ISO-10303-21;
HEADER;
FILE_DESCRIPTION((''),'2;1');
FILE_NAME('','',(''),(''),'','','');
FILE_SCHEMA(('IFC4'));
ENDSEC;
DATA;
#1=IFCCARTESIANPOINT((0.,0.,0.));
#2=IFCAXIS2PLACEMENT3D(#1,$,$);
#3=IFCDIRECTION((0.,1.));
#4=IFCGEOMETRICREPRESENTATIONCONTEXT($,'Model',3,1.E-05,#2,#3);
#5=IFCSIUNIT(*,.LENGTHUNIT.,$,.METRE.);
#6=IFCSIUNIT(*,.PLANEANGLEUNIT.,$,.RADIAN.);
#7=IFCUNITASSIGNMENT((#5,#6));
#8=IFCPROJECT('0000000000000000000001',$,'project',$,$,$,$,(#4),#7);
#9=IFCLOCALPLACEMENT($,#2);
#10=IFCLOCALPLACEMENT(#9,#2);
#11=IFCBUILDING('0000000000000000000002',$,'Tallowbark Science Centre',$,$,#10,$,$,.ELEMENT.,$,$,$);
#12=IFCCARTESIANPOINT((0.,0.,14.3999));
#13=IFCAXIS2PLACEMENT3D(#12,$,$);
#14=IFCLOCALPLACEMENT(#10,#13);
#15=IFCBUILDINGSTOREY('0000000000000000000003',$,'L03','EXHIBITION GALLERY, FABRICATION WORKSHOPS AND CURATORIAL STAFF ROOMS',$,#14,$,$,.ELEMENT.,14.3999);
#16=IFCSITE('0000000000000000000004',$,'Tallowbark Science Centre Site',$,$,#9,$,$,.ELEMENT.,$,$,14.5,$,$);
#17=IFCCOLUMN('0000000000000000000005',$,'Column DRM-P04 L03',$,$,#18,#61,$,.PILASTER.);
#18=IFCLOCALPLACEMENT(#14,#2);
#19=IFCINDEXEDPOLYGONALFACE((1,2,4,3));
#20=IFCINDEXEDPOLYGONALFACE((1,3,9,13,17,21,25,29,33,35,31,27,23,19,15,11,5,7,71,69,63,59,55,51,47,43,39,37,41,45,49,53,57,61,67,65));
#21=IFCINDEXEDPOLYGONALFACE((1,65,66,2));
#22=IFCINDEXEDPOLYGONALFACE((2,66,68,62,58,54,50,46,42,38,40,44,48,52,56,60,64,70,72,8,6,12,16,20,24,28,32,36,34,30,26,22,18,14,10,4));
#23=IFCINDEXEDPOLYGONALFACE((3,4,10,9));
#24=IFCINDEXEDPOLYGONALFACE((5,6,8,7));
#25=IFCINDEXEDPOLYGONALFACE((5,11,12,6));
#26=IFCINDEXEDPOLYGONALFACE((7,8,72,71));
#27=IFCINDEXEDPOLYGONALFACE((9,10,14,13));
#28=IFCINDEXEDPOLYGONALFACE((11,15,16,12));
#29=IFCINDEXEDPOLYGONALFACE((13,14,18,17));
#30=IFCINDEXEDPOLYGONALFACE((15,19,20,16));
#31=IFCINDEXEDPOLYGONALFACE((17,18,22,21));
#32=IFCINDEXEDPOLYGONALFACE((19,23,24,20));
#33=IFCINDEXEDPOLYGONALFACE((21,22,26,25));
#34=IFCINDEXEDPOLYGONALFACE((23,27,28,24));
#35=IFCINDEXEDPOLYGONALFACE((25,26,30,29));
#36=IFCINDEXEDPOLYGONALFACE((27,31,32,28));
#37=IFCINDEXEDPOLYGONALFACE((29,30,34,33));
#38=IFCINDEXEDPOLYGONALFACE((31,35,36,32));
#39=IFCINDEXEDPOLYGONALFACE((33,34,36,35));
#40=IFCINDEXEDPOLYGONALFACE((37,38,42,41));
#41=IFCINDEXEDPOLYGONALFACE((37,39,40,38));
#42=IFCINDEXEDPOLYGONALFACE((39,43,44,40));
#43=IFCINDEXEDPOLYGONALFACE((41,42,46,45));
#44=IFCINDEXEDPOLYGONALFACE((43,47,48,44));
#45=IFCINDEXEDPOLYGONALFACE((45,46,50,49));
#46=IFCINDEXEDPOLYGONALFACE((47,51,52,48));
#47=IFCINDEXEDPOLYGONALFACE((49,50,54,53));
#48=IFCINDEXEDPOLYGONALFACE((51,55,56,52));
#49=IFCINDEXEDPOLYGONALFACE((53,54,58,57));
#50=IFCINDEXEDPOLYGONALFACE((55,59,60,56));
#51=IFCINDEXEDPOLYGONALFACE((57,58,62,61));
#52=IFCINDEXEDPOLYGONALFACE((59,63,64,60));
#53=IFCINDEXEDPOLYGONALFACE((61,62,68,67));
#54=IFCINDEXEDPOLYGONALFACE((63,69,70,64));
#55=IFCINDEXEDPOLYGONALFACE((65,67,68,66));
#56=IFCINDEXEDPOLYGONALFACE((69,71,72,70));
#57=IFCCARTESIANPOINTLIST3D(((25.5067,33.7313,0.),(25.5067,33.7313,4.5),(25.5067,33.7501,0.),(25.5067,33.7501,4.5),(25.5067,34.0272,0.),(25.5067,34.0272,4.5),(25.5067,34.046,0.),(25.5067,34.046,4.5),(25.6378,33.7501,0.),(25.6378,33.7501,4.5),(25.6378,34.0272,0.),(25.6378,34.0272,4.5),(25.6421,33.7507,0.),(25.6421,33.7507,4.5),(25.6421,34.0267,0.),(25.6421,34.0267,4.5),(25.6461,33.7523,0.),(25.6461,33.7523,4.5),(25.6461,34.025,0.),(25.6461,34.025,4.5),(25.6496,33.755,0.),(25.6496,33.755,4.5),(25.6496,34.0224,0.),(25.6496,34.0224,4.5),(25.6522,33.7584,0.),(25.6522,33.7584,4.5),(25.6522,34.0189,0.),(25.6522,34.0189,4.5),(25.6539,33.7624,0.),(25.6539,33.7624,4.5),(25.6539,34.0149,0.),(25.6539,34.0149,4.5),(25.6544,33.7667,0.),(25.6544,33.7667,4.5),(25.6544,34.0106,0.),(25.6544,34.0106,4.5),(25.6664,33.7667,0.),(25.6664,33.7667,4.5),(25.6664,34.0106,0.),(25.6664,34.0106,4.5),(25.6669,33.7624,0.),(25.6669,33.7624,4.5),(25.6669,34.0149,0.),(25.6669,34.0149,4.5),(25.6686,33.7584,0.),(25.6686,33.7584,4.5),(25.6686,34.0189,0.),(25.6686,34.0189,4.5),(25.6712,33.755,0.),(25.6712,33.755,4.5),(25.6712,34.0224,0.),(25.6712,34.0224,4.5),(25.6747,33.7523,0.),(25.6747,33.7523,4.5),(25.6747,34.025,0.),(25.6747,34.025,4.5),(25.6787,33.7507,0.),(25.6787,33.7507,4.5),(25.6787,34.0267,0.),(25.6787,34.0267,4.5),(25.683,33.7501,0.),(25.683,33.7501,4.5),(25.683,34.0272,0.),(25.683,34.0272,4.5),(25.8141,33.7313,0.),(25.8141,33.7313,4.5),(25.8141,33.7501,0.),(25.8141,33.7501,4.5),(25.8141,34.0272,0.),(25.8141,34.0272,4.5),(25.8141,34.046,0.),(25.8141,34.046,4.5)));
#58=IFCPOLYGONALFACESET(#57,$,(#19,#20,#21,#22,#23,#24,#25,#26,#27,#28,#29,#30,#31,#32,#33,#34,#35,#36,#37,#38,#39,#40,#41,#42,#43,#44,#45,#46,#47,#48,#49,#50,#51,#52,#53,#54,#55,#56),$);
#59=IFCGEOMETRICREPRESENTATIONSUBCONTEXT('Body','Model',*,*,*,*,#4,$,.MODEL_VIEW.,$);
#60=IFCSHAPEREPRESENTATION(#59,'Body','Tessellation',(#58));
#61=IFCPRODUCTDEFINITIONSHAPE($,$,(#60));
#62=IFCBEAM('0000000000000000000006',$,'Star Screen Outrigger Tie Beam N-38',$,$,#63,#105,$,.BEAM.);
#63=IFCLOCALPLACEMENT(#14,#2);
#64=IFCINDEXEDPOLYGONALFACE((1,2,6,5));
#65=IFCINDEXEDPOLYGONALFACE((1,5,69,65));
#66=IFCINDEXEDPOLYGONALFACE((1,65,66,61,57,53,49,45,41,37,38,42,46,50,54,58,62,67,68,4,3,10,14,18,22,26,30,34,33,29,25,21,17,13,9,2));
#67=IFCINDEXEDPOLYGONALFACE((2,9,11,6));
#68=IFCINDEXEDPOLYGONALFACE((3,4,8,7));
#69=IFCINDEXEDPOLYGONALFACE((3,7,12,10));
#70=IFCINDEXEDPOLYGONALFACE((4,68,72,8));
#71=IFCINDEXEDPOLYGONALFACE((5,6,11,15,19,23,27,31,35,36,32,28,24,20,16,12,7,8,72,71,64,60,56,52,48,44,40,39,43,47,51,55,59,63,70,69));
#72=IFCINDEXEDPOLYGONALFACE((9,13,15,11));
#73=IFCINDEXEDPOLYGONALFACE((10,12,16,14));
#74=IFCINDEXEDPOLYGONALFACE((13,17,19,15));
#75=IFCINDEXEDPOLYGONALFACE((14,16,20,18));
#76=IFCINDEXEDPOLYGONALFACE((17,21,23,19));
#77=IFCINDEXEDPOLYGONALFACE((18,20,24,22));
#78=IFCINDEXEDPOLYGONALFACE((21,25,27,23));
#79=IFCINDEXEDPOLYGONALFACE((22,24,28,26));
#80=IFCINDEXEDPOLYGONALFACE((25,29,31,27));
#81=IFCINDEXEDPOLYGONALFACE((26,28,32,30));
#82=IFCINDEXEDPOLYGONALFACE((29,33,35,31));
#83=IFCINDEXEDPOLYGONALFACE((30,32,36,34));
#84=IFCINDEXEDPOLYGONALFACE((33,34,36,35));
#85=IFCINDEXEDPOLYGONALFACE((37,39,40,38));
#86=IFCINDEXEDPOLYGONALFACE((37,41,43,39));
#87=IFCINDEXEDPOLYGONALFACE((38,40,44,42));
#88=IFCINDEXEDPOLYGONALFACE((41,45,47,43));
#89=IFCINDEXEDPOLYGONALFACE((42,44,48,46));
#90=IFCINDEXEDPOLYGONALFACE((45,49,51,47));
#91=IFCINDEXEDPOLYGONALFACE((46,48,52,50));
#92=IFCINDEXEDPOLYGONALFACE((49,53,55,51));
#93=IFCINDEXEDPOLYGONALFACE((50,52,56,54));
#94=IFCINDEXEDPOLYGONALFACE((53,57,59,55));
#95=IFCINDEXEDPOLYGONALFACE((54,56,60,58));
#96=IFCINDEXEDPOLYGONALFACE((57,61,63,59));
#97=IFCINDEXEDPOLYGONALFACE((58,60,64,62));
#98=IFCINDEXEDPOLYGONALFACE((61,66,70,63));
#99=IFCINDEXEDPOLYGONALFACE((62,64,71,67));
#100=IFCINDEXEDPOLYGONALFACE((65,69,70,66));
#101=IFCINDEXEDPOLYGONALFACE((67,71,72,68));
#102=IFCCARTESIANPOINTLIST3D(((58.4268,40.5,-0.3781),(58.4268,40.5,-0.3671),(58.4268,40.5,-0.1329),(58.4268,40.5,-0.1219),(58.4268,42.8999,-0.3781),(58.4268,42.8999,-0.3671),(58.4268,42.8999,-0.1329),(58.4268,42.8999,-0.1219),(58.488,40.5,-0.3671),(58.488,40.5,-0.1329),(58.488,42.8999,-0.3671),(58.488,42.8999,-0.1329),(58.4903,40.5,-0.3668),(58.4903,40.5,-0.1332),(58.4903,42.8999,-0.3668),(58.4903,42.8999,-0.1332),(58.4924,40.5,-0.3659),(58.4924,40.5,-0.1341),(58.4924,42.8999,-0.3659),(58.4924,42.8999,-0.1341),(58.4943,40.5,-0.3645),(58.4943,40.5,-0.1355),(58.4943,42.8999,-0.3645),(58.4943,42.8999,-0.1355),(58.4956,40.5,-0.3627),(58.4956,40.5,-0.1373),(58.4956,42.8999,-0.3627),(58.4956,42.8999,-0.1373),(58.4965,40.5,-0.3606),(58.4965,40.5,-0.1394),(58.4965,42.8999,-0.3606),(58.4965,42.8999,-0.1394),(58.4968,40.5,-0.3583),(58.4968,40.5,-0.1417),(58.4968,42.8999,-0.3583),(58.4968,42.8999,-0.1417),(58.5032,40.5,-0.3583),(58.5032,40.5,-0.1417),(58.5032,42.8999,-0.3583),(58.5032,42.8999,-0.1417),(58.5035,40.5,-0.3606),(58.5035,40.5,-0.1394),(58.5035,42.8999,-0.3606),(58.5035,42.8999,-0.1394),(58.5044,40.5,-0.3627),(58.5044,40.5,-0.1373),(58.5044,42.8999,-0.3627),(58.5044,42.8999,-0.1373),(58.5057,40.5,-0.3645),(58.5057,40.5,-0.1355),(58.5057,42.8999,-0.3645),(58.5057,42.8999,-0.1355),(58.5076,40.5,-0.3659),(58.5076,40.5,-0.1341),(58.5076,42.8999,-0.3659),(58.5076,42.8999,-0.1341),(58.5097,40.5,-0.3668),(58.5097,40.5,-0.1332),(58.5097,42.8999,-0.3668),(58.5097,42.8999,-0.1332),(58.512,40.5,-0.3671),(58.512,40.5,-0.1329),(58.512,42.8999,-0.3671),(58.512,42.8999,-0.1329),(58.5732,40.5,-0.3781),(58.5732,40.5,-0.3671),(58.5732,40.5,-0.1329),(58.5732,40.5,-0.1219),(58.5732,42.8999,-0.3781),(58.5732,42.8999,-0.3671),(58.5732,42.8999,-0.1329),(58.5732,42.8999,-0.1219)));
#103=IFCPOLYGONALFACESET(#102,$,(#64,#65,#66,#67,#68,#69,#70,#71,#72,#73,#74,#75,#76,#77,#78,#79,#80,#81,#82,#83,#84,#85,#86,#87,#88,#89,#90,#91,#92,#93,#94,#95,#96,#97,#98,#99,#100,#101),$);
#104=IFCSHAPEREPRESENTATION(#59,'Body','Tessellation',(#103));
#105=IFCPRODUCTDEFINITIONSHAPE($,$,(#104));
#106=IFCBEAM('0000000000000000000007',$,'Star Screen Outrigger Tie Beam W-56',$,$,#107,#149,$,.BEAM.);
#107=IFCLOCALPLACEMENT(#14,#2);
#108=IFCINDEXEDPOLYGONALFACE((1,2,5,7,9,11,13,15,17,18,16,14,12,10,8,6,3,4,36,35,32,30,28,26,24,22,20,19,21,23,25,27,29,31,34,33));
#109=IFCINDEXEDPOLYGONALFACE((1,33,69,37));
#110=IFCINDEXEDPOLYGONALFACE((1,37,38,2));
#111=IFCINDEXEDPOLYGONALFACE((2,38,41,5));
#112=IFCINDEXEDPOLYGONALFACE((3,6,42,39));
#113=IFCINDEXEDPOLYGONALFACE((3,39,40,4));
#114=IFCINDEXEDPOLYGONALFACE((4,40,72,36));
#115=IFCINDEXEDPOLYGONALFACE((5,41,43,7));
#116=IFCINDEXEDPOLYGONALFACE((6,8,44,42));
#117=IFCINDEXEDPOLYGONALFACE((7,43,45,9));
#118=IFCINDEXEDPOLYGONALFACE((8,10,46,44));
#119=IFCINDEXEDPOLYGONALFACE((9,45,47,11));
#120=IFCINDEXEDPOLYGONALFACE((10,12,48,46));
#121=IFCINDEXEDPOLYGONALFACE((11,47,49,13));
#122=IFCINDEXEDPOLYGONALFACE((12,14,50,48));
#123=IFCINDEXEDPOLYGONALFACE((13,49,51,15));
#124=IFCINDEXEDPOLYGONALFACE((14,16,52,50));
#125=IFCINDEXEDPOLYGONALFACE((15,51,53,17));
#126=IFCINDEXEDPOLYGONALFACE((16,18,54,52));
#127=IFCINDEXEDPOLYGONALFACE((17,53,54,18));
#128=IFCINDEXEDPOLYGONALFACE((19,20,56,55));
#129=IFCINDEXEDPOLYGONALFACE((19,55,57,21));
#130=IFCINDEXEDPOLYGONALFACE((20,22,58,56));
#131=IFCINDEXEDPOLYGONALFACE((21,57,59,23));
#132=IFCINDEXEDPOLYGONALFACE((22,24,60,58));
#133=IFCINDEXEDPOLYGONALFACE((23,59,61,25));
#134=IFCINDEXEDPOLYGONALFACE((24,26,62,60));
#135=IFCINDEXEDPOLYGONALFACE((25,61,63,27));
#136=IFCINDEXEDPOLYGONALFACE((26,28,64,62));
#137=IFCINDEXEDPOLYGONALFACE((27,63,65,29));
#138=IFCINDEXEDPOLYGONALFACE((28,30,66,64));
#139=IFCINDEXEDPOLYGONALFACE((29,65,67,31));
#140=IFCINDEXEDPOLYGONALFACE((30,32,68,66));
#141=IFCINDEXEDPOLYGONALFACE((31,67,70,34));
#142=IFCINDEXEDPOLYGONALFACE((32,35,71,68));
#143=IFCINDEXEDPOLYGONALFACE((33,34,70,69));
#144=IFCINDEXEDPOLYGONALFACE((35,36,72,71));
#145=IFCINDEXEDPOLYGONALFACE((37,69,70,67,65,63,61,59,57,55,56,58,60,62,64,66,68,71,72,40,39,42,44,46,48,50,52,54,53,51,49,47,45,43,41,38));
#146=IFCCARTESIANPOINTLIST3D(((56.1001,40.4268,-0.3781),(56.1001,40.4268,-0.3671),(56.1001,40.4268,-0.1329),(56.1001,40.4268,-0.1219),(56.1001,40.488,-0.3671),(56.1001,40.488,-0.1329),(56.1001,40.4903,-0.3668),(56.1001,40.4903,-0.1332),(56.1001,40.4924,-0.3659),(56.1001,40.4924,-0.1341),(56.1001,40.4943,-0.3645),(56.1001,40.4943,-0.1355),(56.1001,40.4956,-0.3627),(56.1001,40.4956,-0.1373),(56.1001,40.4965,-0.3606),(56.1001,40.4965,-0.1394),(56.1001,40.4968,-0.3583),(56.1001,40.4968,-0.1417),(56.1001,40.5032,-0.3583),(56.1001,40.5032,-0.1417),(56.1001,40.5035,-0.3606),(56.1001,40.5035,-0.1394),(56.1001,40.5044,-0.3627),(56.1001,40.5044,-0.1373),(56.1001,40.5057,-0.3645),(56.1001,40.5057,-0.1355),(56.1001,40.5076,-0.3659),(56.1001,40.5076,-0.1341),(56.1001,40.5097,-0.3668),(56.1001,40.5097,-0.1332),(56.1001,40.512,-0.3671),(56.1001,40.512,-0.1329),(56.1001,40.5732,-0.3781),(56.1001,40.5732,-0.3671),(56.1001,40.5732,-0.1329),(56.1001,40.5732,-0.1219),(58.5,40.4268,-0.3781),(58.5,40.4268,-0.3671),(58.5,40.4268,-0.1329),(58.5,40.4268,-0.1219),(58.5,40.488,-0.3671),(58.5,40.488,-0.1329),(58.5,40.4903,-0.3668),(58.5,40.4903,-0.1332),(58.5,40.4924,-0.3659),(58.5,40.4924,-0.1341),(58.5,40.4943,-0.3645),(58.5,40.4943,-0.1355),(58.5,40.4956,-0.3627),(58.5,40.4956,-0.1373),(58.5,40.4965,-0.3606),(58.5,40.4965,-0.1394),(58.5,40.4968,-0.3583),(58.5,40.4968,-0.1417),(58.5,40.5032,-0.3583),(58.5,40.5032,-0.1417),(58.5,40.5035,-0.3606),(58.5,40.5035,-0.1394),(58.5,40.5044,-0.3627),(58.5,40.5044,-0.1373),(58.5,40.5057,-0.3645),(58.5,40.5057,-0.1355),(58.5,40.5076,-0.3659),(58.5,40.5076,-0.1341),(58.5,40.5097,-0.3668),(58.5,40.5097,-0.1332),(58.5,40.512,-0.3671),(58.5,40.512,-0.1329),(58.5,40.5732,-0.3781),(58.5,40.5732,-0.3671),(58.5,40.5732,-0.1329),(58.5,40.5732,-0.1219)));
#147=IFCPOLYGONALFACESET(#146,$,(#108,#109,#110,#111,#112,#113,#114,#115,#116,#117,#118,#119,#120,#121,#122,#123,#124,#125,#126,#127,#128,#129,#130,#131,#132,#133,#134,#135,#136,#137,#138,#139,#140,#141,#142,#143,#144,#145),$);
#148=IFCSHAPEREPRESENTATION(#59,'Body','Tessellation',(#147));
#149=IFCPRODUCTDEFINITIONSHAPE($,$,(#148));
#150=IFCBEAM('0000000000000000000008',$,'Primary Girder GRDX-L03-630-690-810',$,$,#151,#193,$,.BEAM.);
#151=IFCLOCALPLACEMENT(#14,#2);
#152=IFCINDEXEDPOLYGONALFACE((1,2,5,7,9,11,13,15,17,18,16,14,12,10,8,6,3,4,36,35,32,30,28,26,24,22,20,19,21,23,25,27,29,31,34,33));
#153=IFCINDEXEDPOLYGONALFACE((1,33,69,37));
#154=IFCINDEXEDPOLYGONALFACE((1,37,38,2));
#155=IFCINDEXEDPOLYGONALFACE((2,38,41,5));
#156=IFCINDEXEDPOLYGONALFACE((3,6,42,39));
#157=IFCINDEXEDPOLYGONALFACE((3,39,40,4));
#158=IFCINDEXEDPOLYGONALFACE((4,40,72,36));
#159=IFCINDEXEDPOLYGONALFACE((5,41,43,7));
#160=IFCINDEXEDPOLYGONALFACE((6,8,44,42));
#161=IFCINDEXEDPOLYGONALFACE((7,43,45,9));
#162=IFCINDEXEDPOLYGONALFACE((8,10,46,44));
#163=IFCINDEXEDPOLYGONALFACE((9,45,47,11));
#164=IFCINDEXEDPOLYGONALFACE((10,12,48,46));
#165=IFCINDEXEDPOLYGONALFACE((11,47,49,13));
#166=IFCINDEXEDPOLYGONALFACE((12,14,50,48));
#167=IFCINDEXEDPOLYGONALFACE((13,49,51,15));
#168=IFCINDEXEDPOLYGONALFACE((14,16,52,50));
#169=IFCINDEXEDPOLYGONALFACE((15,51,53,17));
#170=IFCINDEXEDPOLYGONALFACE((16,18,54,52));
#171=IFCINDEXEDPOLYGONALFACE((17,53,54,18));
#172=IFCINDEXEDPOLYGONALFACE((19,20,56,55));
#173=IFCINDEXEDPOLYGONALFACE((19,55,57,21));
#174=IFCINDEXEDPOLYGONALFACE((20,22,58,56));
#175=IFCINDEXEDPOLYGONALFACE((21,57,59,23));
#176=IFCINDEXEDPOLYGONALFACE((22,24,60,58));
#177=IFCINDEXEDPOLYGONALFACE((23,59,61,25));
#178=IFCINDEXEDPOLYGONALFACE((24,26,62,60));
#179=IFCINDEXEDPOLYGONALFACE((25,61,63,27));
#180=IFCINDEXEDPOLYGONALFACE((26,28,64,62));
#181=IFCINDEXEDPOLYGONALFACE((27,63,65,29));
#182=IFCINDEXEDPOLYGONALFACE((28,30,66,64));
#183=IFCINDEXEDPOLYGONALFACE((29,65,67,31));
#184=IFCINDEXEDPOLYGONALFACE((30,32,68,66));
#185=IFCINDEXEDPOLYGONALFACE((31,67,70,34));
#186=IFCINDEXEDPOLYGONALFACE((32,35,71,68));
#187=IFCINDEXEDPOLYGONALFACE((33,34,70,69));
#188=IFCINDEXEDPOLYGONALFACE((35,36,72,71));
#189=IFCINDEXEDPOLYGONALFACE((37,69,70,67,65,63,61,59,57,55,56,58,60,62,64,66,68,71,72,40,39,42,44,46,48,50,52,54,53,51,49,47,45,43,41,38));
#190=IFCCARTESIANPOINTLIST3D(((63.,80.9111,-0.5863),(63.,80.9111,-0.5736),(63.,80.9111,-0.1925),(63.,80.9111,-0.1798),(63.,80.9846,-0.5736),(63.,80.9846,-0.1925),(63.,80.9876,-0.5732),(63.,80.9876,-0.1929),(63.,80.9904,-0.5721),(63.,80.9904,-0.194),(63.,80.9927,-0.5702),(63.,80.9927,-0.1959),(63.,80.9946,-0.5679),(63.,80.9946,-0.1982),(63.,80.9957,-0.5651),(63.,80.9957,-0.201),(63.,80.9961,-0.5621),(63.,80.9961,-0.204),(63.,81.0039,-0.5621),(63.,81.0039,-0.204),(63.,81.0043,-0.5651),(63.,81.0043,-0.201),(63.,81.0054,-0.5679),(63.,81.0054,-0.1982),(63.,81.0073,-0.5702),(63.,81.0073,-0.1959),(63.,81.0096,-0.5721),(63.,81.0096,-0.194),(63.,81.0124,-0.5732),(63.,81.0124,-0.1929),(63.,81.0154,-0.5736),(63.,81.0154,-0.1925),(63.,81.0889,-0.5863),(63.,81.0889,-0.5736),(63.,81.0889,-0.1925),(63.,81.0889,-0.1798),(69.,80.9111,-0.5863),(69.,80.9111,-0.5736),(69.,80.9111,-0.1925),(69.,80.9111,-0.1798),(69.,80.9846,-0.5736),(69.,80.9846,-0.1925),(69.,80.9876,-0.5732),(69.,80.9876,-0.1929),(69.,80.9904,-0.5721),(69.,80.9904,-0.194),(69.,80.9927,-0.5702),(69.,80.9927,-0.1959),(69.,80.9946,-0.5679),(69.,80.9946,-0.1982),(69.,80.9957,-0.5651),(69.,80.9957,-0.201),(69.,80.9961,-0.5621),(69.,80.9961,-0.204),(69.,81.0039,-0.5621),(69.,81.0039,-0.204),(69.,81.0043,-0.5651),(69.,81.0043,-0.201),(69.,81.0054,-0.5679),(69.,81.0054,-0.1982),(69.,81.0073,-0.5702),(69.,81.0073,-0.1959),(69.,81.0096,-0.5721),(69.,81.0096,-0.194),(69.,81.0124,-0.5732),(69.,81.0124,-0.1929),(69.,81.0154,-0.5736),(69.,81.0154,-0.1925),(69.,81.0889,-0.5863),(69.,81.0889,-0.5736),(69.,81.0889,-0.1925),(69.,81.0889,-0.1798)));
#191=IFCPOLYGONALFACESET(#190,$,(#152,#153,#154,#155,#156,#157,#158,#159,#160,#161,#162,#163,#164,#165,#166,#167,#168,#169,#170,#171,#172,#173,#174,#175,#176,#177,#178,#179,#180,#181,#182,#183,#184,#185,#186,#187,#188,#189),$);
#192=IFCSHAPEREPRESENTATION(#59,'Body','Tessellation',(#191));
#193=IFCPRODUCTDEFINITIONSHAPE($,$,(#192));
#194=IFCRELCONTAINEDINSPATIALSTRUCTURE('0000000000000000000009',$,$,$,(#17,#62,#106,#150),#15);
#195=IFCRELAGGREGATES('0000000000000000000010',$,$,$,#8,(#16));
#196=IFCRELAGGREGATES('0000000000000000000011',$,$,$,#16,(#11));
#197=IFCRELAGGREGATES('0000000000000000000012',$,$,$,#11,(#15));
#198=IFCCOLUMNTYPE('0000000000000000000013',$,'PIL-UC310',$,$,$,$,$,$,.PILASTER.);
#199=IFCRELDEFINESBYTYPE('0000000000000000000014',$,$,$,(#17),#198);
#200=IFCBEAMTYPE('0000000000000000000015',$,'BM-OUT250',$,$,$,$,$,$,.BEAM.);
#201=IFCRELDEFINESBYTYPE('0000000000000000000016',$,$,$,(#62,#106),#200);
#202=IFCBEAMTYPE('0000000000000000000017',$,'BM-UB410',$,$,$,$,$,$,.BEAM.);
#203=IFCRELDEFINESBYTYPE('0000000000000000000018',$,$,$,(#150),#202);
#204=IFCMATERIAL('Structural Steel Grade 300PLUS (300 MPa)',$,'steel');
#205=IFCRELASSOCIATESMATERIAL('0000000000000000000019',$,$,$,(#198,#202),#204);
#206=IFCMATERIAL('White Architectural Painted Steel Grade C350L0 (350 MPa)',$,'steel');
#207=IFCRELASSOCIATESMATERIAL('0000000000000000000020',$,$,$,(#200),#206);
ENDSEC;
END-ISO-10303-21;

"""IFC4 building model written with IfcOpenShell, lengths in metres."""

from ifc_helpers import new_model, si_unit, direction, frame, origin, origin_2d, place, context, subcontext, project, spatial, i_section, extrude, material, material_profile, profile_set, type_object, element, save


model = new_model("IFC4")

# Units and contexts
model_context = context("Model", 3, precision=1e-05, world=origin(), true_north=direction((0.0, 1.0)))
body_context = subcontext(model_context, "Body", "Model", "MODEL_VIEW")
ifc_project = project(units=[si_unit("LENGTHUNIT", "METRE"), si_unit("PLANEANGLEUNIT", "RADIAN")], contexts=[model_context])

# Site, building, storey
site_placement = place(None, origin())
site = spatial("IfcSite", under=ifc_project, at=site_placement, Name="Tallowbark Science Centre Site", CompositionType="ELEMENT", RefElevation=14.5)
building_placement = place(site_placement, origin())
building = spatial("IfcBuilding", under=site, at=building_placement, Name="Tallowbark Science Centre", CompositionType="ELEMENT")
storey_placement = place(building_placement, frame((0.0, 0.0, 14.3999)))
storey = spatial("IfcBuildingStorey", under=building, at=storey_placement, Name="L03", Description="EXHIBITION GALLERY, FABRICATION WORKSHOPS AND CURATORIAL STAFF ROOMS", CompositionType="ELEMENT", Elevation=14.3999)

# Column
ifc_material_1 = material(Name="White Architectural Painted Steel Grade C350L0 (350 MPa)", Category="steel")
ifc_material_2 = material(Name="Structural Steel Grade 300PLUS (300 MPa)", Category="steel")
ifc_material_profile_1 = material_profile(ifc_material_2, i_section(OverallWidth=0.3074, OverallDepth=0.3147, WebThickness=0.012, FlangeThickness=0.0188, FilletRadius=0.0166, at=origin_2d()), Name="310UC118")
ifc_profile_set_1 = profile_set([ifc_material_profile_1], Name="Structural Steel Grade 300PLUS (300 MPa)")
column_type_1 = type_object("IfcColumnType", Name="PIL-UC310", PredefinedType="PILASTER", material=ifc_profile_set_1)
column_1_placement = place(storey_placement, frame((25.6604, 33.8887, 0.0), z_axis=(0.0, 0.0, 1.0), x_axis=(1.0, 0.0, 0.0)))
element("IfcColumn", 1, at=column_1_placement, inside=storey, type_object=column_type_1, Name="Column DRM-P04 L03", PredefinedType="PILASTER", context=body_context, shape_type="SweptSolid", body=[
    extrude(i_section(OverallWidth=0.3074, OverallDepth=0.3147, WebThickness=0.012, FlangeThickness=0.0188, FilletRadius=0.0166, at=origin_2d()), origin(), (0.0, 0.0, 1.0), 4.5),
])

# Beams
ifc_material_profile_2 = material_profile(ifc_material_1, i_section(OverallWidth=0.1465, OverallDepth=0.2561, WebThickness=0.0063, FlangeThickness=0.011, FilletRadius=0.0088, at=origin_2d()), Name="250UB37.3")
ifc_profile_set_2 = profile_set([ifc_material_profile_2], Name="White Architectural Painted Steel Grade C350L0 (350 MPa)")
beam_type_1 = type_object("IfcBeamType", Name="BM-OUT250", PredefinedType="BEAM", material=ifc_profile_set_2)
for number, where, z_axis, x_axis, name in (
    (2, (58.5, 40.5, -0.25), (0.0, 1.0, 0.0), (-1.0, 0.0, 0.0), "Star Screen Outrigger Tie Beam N-38"),
    (3, (58.5, 40.5, -0.25), (-1.0, 0.0, 0.0), (0.0, -1.0, 0.0), "Star Screen Outrigger Tie Beam W-56"),
):
    element("IfcBeam", number, at=place(storey_placement, frame(where, z_axis=z_axis, x_axis=x_axis)), inside=storey, type_object=beam_type_1, Name=name, PredefinedType="BEAM", context=body_context, shape_type="SweptSolid", body=[
        extrude(i_section(OverallWidth=0.1465, OverallDepth=0.2561, WebThickness=0.0063, FlangeThickness=0.011, FilletRadius=0.0088, at=origin_2d()), origin(), (0.0, 0.0, 1.0), 2.3999),
    ])
ifc_material_profile_3 = material_profile(ifc_material_2, i_section(OverallWidth=0.1777, OverallDepth=0.4065, WebThickness=0.0078, FlangeThickness=0.0127, FilletRadius=0.0115, at=origin_2d()), Name="410UB59.7")
ifc_profile_set_3 = profile_set([ifc_material_profile_3], Name="Structural Steel Grade 300PLUS (300 MPa)")
beam_type_2 = type_object("IfcBeamType", Name="BM-UB410", PredefinedType="BEAM", material=ifc_profile_set_3)
beam_1_placement = place(storey_placement, frame((63.0, 81.0, -0.3831), z_axis=(1.0, 0.0, 0.0), x_axis=(0.0, 1.0, 0.0)))
element("IfcBeam", 4, at=beam_1_placement, inside=storey, type_object=beam_type_2, Name="Primary Girder GRDX-L03-630-690-810", PredefinedType="BEAM", context=body_context, shape_type="SweptSolid", body=[
    extrude(i_section(OverallWidth=0.1777, OverallDepth=0.4065, WebThickness=0.0078, FlangeThickness=0.0127, FilletRadius=0.0115, at=origin_2d()), origin(), (0.0, 0.0, 1.0), 6.0),
])

save(model, "model.ifc")
